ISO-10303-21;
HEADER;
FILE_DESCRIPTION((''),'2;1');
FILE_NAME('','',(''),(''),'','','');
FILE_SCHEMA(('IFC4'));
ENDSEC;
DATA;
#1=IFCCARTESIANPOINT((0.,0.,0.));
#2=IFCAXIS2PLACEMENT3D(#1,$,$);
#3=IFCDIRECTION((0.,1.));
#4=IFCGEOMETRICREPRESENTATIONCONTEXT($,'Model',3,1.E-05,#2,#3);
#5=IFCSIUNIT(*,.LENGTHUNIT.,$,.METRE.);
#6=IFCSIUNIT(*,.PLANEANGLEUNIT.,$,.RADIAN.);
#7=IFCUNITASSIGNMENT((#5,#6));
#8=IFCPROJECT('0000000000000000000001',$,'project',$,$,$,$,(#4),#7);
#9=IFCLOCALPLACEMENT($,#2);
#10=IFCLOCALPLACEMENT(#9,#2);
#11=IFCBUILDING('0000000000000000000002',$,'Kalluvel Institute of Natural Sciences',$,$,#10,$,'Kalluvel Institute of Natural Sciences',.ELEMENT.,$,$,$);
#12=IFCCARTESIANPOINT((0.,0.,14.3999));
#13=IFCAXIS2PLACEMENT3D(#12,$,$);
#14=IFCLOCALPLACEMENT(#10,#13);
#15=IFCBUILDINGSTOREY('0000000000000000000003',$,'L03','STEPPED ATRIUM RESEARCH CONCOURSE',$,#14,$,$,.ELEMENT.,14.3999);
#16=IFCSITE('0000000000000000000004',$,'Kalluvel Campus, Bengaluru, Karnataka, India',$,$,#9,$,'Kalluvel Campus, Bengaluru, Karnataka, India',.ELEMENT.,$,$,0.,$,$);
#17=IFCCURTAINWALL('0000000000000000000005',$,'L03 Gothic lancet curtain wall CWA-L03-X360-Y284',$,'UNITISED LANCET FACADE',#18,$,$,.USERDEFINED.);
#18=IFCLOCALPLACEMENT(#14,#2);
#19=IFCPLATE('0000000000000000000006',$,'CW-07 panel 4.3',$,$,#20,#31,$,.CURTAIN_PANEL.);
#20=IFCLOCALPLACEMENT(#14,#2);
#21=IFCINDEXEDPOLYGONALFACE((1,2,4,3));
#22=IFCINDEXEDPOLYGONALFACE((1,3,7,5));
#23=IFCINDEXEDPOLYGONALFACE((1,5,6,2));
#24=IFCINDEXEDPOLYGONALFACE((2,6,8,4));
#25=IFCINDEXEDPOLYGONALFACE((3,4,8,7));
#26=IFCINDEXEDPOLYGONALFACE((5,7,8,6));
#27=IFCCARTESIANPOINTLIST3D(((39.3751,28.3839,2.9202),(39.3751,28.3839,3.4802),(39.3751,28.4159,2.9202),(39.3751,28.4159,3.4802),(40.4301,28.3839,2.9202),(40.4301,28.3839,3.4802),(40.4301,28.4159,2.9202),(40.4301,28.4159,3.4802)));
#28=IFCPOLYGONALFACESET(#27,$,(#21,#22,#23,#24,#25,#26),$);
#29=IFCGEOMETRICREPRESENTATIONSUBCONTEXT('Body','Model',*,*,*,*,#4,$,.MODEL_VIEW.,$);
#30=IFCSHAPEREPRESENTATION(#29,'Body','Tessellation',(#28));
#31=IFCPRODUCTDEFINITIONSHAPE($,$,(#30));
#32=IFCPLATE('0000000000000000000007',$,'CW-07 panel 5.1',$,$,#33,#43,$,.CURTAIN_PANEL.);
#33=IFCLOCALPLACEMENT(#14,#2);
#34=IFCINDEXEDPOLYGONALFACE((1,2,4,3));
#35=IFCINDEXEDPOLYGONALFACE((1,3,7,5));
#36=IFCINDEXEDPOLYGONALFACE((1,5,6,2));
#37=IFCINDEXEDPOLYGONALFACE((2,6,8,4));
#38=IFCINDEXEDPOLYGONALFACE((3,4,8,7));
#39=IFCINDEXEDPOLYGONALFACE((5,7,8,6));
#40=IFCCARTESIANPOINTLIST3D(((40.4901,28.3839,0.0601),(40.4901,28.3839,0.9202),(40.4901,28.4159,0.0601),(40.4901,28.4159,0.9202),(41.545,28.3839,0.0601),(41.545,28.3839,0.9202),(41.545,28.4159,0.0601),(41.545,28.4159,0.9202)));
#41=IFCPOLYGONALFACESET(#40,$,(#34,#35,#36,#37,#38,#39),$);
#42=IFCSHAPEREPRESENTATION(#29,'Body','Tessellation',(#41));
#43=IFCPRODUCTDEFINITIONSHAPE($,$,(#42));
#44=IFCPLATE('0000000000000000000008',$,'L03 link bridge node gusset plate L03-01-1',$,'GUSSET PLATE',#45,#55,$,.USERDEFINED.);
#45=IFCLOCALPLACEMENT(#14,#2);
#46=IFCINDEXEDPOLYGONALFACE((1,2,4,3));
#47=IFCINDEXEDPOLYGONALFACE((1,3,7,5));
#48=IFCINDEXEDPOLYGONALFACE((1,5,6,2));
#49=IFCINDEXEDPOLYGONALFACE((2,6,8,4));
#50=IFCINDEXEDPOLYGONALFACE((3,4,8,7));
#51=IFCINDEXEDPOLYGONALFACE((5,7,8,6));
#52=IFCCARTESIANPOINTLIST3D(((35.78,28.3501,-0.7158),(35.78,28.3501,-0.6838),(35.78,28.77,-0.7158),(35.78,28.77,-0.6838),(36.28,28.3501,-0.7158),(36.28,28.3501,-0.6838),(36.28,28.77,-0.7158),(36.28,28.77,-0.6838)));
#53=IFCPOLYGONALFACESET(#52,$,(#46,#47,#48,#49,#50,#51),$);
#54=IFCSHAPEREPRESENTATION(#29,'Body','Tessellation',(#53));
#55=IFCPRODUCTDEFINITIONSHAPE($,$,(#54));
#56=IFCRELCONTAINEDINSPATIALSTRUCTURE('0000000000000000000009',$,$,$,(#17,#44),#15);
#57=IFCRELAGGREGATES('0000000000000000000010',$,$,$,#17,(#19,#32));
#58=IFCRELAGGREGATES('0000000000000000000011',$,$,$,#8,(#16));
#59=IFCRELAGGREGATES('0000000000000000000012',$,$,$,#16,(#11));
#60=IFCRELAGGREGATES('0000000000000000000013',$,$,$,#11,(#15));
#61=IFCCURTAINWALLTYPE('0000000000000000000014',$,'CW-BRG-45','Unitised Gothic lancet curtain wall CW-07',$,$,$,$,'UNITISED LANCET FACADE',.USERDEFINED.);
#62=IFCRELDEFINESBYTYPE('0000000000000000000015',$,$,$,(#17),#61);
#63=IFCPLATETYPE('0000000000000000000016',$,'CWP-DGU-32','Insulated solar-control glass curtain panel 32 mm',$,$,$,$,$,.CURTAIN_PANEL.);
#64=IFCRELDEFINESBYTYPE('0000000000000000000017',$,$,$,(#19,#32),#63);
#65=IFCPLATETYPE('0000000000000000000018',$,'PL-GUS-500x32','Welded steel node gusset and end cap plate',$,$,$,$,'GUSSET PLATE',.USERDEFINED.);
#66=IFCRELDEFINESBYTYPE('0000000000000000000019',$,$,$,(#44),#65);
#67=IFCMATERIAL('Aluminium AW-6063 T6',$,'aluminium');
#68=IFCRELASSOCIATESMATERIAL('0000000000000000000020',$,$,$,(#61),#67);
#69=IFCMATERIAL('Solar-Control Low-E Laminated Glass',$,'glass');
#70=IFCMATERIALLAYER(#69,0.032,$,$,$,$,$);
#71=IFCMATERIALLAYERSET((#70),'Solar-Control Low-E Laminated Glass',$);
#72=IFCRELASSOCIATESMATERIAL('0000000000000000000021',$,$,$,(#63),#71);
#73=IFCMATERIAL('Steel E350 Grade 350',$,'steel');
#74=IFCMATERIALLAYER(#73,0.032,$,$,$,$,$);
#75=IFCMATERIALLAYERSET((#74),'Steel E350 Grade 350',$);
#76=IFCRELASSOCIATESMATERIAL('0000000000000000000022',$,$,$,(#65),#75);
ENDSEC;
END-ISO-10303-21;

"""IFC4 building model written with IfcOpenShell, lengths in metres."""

from ifc_helpers import new_model, si_unit, direction, frame, origin, origin_2d, place, context, subcontext, project, spatial, rectangle, extrude, material, layer, layer_set, type_object, element, aggregate, save


model = new_model("IFC4")

# Units and contexts
model_context = context("Model", 3, precision=1e-05, world=origin(), true_north=direction((0.0, 1.0)))
body_context = subcontext(model_context, "Body", "Model", "MODEL_VIEW")
ifc_project = project(units=[si_unit("LENGTHUNIT", "METRE"), si_unit("PLANEANGLEUNIT", "RADIAN")], contexts=[model_context])

# Site, building, storey
site_placement = place(None, origin())
site = spatial("IfcSite", under=ifc_project, at=site_placement, Name="Kalluvel Campus, Bengaluru, Karnataka, India", LongName="Kalluvel Campus, Bengaluru, Karnataka, India", CompositionType="ELEMENT", RefElevation=0.0)
building_placement = place(site_placement, origin())
building = spatial("IfcBuilding", under=site, at=building_placement, Name="Kalluvel Institute of Natural Sciences", LongName="Kalluvel Institute of Natural Sciences", CompositionType="ELEMENT")
storey_placement = place(building_placement, frame((0.0, 0.0, 14.3999)))
storey = spatial("IfcBuildingStorey", under=building, at=storey_placement, Name="L03", Description="STEPPED ATRIUM RESEARCH CONCOURSE", CompositionType="ELEMENT", Elevation=14.3999)

# Shared definitions
ifc_material_1 = material(Name="Steel E350 Grade 350", Category="steel")

# Curtain wall, plates
ifc_material_2 = material(Name="Aluminium AW-6063 T6", Category="aluminium")
curtain_wall_type = type_object("IfcCurtainWallType", Name="CW-BRG-45", Description="Unitised Gothic lancet curtain wall CW-07", ElementType="UNITISED LANCET FACADE", PredefinedType="USERDEFINED", material=ifc_material_2)
curtain_wall_placement = place(storey_placement, origin())
curtain_wall = element("IfcCurtainWall", 1, at=curtain_wall_placement, inside=storey, type_object=curtain_wall_type, Name="L03 Gothic lancet curtain wall CWA-L03-X360-Y284", ObjectType="UNITISED LANCET FACADE", PredefinedType="USERDEFINED")
ifc_material_3 = material(Name="Solar-Control Low-E Laminated Glass", Category="glass")
ifc_layer_1 = layer(ifc_material_3, 0.032)
ifc_layer_set_1 = layer_set([ifc_layer_1], Name="Solar-Control Low-E Laminated Glass")
plate_type_1 = type_object("IfcPlateType", Name="CWP-DGU-32", Description="Insulated solar-control glass curtain panel 32 mm", PredefinedType="CURTAIN_PANEL", material=ifc_layer_set_1)
plate_1_placement = place(storey_placement, frame((39.9026, 28.3999, 2.9202), z_axis=(0.0, 0.0, 1.0), x_axis=(1.0, 0.0, 0.0)))
plate_1 = element("IfcPlate", 2, at=plate_1_placement, type_object=plate_type_1, Name="CW-07 panel 4.3", PredefinedType="CURTAIN_PANEL", context=body_context, shape_type="SweptSolid", body=[
    extrude(rectangle(XDim=1.0549, YDim=0.032, at=origin_2d()), origin(), (0.0, 0.0, 1.0), 0.5601),
])
plate_2_placement = place(storey_placement, frame((41.0176, 28.3999, 0.0601), z_axis=(0.0, 0.0, 1.0), x_axis=(1.0, 0.0, 0.0)))
plate_2 = element("IfcPlate", 3, at=plate_2_placement, type_object=plate_type_1, Name="CW-07 panel 5.1", PredefinedType="CURTAIN_PANEL", context=body_context, shape_type="SweptSolid", body=[
    extrude(rectangle(XDim=1.0549, YDim=0.032, at=origin_2d()), origin(), (0.0, 0.0, 1.0), 0.8601),
])
aggregate(curtain_wall, [plate_1, plate_2])

# Plate
ifc_layer_2 = layer(ifc_material_1, 0.032)
ifc_layer_set_2 = layer_set([ifc_layer_2], Name="Steel E350 Grade 350")
plate_type_2 = type_object("IfcPlateType", Name="PL-GUS-500x32", Description="Welded steel node gusset and end cap plate", ElementType="GUSSET PLATE", PredefinedType="USERDEFINED", material=ifc_layer_set_2)
plate_3_placement = place(storey_placement, frame((36.03, 28.5601, -0.7158), z_axis=(0.0, 0.0, 1.0), x_axis=(1.0, 0.0, 0.0)))
element("IfcPlate", 4, at=plate_3_placement, inside=storey, type_object=plate_type_2, Name="L03 link bridge node gusset plate L03-01-1", ObjectType="GUSSET PLATE", PredefinedType="USERDEFINED", context=body_context, shape_type="SweptSolid", body=[
    extrude(rectangle(XDim=0.5, YDim=0.4199, at=origin_2d()), origin(), (0.0, 0.0, 1.0), 0.032),
])

save(model, "model.ifc")
